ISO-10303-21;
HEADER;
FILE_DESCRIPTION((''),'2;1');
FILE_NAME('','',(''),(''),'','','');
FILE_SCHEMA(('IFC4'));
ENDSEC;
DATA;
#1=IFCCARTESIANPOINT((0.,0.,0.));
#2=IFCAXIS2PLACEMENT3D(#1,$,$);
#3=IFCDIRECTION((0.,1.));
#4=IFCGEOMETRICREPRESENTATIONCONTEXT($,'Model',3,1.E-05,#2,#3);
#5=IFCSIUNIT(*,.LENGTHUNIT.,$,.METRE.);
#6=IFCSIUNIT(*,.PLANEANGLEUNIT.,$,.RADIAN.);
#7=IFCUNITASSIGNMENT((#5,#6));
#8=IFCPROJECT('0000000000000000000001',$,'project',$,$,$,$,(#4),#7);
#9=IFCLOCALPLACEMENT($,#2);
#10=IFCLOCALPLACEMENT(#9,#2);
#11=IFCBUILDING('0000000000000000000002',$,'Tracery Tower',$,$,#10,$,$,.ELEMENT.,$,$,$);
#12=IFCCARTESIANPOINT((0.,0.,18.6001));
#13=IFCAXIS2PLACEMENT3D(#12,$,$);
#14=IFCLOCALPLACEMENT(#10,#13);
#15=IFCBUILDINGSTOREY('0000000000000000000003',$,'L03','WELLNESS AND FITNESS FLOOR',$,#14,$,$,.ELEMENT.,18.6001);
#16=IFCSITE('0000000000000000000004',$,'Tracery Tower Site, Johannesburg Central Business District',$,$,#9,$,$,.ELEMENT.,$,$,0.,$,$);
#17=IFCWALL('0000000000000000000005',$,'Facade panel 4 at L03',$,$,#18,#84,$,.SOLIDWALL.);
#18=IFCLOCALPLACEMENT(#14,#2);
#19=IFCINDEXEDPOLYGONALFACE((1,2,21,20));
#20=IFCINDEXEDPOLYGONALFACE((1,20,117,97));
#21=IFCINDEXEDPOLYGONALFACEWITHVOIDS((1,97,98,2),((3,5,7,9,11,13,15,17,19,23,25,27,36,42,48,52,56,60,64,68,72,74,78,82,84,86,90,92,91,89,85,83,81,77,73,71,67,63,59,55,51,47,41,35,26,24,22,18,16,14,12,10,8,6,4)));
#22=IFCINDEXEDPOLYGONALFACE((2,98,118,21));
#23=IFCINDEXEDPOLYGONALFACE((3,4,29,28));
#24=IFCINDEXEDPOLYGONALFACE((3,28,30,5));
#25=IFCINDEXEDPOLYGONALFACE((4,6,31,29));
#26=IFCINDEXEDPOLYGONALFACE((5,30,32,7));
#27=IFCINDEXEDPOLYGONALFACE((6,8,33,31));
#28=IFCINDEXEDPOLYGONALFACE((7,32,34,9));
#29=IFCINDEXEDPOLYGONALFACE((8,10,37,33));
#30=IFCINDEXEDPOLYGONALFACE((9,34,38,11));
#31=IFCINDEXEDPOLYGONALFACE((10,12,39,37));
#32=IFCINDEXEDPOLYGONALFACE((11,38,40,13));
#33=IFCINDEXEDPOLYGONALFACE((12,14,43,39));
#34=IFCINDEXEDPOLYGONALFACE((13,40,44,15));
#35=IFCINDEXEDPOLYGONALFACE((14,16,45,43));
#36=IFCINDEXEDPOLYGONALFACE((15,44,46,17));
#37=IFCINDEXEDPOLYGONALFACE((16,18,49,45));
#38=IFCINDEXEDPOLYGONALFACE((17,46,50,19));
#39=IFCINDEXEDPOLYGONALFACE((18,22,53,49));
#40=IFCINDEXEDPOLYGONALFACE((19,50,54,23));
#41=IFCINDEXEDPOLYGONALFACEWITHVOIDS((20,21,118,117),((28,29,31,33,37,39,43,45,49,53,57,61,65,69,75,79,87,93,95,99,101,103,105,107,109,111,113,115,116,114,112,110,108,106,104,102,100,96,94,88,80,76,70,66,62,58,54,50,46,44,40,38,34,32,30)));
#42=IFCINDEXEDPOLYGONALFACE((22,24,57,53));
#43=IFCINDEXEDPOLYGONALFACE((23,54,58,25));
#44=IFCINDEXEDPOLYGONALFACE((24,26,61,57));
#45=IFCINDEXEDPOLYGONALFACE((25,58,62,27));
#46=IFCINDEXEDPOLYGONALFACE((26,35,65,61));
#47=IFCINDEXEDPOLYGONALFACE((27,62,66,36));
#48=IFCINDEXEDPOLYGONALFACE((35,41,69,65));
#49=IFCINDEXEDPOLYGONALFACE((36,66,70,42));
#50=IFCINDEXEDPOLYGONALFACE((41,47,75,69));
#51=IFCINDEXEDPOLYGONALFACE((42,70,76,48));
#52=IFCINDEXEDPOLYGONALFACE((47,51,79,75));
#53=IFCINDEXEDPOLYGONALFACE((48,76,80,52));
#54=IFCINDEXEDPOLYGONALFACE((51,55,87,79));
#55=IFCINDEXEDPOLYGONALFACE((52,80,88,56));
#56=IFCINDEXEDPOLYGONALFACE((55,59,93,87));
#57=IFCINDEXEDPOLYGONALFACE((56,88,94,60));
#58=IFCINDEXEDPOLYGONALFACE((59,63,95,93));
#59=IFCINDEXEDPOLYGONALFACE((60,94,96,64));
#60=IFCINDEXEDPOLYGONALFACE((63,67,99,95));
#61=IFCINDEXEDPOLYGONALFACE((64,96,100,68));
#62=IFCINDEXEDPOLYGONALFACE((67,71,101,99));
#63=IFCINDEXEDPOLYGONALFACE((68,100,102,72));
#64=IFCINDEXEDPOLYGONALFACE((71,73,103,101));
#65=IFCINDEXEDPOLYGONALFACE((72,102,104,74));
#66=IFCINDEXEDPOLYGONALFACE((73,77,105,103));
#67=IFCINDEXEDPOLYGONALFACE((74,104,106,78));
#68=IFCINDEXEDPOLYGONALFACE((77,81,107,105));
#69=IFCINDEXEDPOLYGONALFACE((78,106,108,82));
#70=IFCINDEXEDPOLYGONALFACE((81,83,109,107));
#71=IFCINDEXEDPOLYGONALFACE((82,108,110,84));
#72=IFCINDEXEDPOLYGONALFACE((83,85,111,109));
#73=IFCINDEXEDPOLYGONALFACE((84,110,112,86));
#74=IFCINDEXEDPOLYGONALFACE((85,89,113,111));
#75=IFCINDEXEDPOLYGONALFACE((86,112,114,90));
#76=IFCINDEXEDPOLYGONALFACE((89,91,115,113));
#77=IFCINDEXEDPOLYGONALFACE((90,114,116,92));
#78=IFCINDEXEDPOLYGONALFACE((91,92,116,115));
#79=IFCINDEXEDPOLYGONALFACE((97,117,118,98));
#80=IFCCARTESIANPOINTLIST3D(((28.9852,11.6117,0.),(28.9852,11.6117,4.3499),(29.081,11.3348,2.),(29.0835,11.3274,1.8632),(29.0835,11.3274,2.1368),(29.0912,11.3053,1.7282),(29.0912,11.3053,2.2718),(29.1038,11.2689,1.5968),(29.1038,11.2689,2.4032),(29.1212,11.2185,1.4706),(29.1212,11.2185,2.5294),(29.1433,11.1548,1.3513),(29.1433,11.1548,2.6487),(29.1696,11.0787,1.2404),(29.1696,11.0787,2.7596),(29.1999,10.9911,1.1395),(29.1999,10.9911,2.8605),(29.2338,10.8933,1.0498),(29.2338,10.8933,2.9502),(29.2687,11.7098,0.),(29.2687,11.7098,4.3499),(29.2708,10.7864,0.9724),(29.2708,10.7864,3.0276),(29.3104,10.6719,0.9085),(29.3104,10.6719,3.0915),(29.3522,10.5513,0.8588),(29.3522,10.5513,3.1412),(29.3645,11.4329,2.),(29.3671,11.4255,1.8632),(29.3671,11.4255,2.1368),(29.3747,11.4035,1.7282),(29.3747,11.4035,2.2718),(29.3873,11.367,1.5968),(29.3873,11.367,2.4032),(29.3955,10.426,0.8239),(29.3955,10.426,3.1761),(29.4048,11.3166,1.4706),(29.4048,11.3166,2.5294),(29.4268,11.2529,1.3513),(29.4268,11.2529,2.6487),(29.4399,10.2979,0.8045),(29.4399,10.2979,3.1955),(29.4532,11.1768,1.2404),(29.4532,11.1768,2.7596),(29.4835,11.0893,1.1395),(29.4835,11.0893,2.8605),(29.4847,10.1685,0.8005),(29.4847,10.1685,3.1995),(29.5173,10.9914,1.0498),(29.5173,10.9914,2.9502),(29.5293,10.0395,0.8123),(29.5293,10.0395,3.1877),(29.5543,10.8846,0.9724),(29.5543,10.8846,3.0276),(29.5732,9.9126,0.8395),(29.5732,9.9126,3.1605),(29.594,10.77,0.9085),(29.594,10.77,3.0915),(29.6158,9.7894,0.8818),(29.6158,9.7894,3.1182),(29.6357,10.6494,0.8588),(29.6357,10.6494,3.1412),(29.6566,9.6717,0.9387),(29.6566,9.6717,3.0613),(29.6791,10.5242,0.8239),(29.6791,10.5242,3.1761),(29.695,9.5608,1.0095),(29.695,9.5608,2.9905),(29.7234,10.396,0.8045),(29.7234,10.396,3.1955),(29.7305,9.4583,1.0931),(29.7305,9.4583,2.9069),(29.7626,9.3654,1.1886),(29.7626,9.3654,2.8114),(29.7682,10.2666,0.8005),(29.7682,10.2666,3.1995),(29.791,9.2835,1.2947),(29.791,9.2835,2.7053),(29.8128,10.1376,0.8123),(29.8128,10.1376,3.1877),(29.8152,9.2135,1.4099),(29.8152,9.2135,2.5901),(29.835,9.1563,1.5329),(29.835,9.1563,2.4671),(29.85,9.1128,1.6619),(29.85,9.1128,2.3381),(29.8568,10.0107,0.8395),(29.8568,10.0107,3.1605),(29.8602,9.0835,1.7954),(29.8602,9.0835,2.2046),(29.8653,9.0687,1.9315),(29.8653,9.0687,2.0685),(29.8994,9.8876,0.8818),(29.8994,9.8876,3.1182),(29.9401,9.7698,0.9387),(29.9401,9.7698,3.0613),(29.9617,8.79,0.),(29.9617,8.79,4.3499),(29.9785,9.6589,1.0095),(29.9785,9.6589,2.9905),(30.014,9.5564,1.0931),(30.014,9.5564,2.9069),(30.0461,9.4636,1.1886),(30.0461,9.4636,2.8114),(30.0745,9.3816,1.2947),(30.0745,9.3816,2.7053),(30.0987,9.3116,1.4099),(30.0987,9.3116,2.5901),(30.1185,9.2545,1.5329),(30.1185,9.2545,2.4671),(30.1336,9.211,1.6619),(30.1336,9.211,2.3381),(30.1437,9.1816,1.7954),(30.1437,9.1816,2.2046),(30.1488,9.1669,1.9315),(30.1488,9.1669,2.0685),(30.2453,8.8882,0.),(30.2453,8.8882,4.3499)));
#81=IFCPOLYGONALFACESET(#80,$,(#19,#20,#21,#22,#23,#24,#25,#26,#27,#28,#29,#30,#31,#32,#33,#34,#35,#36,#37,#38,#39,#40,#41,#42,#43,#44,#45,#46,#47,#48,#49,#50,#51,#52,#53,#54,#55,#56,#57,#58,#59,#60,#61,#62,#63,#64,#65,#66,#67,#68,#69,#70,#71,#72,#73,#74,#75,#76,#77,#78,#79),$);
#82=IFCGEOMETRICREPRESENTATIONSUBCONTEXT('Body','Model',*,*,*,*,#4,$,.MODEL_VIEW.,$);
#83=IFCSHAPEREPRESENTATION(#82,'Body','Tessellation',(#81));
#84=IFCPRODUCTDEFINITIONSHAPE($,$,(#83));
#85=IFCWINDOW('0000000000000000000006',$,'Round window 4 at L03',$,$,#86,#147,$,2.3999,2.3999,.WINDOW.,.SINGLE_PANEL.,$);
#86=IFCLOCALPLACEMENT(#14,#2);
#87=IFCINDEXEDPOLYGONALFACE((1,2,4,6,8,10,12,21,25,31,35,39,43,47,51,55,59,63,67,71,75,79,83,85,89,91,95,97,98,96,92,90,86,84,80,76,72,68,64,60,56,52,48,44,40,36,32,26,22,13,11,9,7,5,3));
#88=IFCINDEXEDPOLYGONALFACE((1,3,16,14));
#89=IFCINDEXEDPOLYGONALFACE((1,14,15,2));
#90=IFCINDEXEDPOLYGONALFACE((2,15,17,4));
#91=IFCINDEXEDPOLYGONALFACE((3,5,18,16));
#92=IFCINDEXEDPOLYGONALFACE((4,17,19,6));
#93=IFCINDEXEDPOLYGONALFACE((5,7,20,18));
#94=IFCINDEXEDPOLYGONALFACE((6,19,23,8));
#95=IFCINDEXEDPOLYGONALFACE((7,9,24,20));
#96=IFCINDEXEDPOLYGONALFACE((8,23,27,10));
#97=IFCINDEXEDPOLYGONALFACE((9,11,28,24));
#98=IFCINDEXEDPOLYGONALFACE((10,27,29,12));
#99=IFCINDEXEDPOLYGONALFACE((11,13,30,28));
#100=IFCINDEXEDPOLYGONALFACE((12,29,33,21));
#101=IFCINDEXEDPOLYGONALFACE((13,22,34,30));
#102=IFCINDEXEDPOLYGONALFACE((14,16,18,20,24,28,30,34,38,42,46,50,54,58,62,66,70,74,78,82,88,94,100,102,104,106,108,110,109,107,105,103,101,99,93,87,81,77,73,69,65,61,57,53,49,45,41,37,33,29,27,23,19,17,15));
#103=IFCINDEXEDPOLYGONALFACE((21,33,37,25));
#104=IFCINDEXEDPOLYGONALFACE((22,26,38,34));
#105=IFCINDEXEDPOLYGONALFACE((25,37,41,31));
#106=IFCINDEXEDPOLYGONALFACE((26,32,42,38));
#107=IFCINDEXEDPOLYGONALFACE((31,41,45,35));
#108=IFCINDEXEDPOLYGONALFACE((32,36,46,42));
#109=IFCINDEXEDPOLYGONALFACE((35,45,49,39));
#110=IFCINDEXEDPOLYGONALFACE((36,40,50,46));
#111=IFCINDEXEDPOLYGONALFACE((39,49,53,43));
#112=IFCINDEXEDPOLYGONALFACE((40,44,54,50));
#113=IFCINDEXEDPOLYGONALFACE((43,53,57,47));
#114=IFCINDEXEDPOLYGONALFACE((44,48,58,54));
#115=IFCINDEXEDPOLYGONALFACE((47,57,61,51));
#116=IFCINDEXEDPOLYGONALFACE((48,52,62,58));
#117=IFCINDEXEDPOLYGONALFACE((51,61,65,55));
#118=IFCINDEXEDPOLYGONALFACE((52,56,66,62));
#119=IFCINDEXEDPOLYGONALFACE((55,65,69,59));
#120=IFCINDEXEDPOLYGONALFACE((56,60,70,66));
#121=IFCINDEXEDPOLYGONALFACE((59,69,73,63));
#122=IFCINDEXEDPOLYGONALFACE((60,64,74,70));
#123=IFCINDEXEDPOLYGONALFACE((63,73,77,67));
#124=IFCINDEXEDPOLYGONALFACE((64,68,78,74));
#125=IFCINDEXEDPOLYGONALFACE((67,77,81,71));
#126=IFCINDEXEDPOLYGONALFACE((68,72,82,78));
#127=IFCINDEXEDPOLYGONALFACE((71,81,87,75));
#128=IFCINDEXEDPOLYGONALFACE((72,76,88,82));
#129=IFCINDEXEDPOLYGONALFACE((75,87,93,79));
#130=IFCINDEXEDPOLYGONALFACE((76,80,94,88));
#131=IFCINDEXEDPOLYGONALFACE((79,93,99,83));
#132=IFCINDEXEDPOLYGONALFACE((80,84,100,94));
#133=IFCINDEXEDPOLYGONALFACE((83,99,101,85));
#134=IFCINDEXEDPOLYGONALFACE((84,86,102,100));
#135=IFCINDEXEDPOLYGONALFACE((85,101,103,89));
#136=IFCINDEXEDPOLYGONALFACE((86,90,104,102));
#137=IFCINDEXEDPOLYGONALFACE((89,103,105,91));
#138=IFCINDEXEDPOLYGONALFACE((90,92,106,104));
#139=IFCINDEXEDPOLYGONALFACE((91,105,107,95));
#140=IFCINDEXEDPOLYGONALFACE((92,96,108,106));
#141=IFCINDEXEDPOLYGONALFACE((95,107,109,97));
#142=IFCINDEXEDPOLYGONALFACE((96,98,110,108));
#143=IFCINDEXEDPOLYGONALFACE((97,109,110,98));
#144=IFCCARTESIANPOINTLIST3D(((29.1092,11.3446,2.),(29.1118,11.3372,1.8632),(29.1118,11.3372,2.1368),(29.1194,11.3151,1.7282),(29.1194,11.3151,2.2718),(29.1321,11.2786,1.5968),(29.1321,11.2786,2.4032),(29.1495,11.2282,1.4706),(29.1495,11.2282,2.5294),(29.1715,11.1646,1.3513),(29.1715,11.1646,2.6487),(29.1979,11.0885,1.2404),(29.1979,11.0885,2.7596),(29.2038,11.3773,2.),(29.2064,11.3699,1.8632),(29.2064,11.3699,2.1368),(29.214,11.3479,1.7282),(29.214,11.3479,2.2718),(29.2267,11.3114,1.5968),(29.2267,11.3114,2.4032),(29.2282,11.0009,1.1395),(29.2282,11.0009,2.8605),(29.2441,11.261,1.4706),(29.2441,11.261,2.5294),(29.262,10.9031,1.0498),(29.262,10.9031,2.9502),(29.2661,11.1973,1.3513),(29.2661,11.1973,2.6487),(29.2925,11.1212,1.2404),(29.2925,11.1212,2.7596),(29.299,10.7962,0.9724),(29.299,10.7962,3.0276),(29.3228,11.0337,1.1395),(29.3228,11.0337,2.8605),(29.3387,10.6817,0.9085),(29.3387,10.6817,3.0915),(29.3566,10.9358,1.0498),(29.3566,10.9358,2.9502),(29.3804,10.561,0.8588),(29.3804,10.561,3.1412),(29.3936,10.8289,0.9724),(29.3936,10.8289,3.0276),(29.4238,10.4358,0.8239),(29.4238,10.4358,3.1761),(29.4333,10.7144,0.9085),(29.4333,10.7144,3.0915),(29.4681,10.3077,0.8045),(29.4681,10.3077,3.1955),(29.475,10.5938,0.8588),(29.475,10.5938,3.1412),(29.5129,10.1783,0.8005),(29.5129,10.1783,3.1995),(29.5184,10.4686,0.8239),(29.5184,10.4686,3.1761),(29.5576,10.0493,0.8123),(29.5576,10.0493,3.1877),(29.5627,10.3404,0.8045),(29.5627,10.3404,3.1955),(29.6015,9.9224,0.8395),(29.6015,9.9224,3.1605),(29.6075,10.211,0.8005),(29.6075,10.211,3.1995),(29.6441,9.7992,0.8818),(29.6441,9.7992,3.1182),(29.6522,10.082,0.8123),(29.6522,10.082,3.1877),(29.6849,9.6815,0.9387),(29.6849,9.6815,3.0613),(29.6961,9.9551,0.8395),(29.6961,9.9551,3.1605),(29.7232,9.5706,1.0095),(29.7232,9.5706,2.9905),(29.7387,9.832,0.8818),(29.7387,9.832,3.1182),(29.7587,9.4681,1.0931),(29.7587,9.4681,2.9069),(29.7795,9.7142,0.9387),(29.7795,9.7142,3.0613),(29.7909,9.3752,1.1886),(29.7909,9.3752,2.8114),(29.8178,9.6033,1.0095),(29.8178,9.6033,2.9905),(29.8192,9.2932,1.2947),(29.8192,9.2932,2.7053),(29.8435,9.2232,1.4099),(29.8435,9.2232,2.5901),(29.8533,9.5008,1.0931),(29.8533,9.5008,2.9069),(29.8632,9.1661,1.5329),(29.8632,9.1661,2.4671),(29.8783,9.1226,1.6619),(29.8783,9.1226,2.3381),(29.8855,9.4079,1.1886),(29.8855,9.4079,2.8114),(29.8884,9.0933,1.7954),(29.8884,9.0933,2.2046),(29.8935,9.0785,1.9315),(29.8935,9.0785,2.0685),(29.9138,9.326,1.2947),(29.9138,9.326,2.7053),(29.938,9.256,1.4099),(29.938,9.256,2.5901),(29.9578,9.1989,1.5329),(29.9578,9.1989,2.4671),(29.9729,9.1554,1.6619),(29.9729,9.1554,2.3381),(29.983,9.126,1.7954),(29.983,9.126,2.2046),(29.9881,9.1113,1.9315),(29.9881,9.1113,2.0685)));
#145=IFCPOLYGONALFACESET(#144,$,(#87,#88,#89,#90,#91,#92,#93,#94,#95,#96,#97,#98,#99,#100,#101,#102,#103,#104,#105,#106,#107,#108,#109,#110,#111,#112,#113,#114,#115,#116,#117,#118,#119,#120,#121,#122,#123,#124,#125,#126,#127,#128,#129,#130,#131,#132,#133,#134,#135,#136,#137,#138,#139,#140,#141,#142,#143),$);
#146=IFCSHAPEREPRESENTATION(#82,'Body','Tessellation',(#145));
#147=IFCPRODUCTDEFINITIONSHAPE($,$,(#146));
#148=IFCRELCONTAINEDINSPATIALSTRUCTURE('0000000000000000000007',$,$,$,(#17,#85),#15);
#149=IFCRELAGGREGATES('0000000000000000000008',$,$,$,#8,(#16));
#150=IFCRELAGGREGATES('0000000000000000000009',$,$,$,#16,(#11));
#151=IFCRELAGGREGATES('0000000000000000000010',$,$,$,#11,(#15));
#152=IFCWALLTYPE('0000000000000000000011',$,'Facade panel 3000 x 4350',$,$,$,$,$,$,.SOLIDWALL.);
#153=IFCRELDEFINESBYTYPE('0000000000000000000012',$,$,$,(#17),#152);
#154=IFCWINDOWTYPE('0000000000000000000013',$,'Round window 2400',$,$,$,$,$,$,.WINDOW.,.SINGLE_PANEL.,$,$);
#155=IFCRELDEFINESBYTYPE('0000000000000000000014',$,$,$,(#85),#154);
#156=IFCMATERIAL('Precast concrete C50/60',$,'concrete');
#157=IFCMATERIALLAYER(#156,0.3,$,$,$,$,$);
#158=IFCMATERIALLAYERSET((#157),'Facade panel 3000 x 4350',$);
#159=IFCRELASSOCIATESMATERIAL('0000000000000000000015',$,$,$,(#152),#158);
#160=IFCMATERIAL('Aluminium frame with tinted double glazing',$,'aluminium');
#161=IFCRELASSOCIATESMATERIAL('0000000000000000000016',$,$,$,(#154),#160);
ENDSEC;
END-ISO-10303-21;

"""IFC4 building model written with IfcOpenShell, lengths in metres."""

from ifc_helpers import new_model, si_unit, direction, frame, frame_2d, origin, origin_2d, place, context, subcontext, project, spatial, rectangle, circle, extrude, material, layer, layer_set, type_object, element, fill, save


model = new_model("IFC4")

# Units and contexts
model_context = context("Model", 3, precision=1e-05, world=origin(), true_north=direction((0.0, 1.0)))
body_context = subcontext(model_context, "Body", "Model", "MODEL_VIEW")
ifc_project = project(units=[si_unit("LENGTHUNIT", "METRE"), si_unit("PLANEANGLEUNIT", "RADIAN")], contexts=[model_context])

# Site, building, storey
site_placement = place(None, origin())
site = spatial("IfcSite", under=ifc_project, at=site_placement, Name="Tracery Tower Site, Johannesburg Central Business District", CompositionType="ELEMENT", RefElevation=0.0)
building_placement = place(site_placement, origin())
building = spatial("IfcBuilding", under=site, at=building_placement, Name="Tracery Tower", CompositionType="ELEMENT")
storey_placement = place(building_placement, frame((0.0, 0.0, 18.6001)))
storey = spatial("IfcBuildingStorey", under=building, at=storey_placement, Name="L03", Description="WELLNESS AND FITNESS FLOOR", CompositionType="ELEMENT", Elevation=18.6001)

# Wall, opening, window
ifc_material_1 = material(Name="Precast concrete C50/60", Category="concrete")
ifc_layer_1 = layer(ifc_material_1, 0.3)
ifc_layer_set_1 = layer_set([ifc_layer_1], Name="Facade panel 3000 x 4350")
wall_type_1 = type_object("IfcWallType", Name="Facade panel 3000 x 4350", PredefinedType="SOLIDWALL", material=ifc_layer_set_1)
ifc_material_2 = material(Name="Aluminium frame with tinted double glazing", Category="aluminium")
window_type = type_object("IfcWindowType", Name="Round window 2400", PartitioningType="SINGLE_PANEL", PredefinedType="WINDOW", material=ifc_material_2)
wall_1_placement = place(storey_placement, frame((30.1035, 8.8391, 0.0), z_axis=(0.0, 0.0, 1.0), x_axis=(-0.327074, 0.944999, 0.0)))
wall_1 = element("IfcWall", 1, at=wall_1_placement, inside=storey, type_object=wall_type_1, Name="Facade panel 4 at L03", PredefinedType="SOLIDWALL", context=body_context, shape_type="SweptSolid", body=[
    extrude(rectangle(XDim=2.9858, YDim=0.3, at=frame_2d((1.4929, 0.0))), origin(), (0.0, 0.0, 1.0), 4.3499),
])
opening_1_placement = place(wall_1_placement, frame((1.4929, 0.0, 2.0)))
opening_1 = element("IfcOpeningElement", 2, at=opening_1_placement, cuts=wall_1, PredefinedType="OPENING", context=body_context, shape_type="SweptSolid", body=[
    extrude(circle(Radius=1.2, at=origin_2d()), frame((0.0, 0.1599, 0.0), z_axis=(0.0, -1.0, 0.0), x_axis=(1.0, 0.0, 0.0)), (0.0, 0.0, 1.0), 0.3201),
])
window_1_placement = place(opening_1_placement, origin())
window_1 = element("IfcWindow", 3, at=window_1_placement, inside=storey, type_object=window_type, Name="Round window 4 at L03", OverallHeight=2.3999, OverallWidth=2.3999, PartitioningType="SINGLE_PANEL", PredefinedType="WINDOW", context=body_context, shape_type="SweptSolid", body=[
    extrude(circle(Radius=1.2, at=origin_2d()), frame((0.0, 0.1201, 0.0), z_axis=(0.0, -1.0, 0.0), x_axis=(1.0, 0.0, 0.0)), (0.0, 0.0, 1.0), 0.1001),
])
fill(opening_1, window_1)

save(model, "model.ifc")
